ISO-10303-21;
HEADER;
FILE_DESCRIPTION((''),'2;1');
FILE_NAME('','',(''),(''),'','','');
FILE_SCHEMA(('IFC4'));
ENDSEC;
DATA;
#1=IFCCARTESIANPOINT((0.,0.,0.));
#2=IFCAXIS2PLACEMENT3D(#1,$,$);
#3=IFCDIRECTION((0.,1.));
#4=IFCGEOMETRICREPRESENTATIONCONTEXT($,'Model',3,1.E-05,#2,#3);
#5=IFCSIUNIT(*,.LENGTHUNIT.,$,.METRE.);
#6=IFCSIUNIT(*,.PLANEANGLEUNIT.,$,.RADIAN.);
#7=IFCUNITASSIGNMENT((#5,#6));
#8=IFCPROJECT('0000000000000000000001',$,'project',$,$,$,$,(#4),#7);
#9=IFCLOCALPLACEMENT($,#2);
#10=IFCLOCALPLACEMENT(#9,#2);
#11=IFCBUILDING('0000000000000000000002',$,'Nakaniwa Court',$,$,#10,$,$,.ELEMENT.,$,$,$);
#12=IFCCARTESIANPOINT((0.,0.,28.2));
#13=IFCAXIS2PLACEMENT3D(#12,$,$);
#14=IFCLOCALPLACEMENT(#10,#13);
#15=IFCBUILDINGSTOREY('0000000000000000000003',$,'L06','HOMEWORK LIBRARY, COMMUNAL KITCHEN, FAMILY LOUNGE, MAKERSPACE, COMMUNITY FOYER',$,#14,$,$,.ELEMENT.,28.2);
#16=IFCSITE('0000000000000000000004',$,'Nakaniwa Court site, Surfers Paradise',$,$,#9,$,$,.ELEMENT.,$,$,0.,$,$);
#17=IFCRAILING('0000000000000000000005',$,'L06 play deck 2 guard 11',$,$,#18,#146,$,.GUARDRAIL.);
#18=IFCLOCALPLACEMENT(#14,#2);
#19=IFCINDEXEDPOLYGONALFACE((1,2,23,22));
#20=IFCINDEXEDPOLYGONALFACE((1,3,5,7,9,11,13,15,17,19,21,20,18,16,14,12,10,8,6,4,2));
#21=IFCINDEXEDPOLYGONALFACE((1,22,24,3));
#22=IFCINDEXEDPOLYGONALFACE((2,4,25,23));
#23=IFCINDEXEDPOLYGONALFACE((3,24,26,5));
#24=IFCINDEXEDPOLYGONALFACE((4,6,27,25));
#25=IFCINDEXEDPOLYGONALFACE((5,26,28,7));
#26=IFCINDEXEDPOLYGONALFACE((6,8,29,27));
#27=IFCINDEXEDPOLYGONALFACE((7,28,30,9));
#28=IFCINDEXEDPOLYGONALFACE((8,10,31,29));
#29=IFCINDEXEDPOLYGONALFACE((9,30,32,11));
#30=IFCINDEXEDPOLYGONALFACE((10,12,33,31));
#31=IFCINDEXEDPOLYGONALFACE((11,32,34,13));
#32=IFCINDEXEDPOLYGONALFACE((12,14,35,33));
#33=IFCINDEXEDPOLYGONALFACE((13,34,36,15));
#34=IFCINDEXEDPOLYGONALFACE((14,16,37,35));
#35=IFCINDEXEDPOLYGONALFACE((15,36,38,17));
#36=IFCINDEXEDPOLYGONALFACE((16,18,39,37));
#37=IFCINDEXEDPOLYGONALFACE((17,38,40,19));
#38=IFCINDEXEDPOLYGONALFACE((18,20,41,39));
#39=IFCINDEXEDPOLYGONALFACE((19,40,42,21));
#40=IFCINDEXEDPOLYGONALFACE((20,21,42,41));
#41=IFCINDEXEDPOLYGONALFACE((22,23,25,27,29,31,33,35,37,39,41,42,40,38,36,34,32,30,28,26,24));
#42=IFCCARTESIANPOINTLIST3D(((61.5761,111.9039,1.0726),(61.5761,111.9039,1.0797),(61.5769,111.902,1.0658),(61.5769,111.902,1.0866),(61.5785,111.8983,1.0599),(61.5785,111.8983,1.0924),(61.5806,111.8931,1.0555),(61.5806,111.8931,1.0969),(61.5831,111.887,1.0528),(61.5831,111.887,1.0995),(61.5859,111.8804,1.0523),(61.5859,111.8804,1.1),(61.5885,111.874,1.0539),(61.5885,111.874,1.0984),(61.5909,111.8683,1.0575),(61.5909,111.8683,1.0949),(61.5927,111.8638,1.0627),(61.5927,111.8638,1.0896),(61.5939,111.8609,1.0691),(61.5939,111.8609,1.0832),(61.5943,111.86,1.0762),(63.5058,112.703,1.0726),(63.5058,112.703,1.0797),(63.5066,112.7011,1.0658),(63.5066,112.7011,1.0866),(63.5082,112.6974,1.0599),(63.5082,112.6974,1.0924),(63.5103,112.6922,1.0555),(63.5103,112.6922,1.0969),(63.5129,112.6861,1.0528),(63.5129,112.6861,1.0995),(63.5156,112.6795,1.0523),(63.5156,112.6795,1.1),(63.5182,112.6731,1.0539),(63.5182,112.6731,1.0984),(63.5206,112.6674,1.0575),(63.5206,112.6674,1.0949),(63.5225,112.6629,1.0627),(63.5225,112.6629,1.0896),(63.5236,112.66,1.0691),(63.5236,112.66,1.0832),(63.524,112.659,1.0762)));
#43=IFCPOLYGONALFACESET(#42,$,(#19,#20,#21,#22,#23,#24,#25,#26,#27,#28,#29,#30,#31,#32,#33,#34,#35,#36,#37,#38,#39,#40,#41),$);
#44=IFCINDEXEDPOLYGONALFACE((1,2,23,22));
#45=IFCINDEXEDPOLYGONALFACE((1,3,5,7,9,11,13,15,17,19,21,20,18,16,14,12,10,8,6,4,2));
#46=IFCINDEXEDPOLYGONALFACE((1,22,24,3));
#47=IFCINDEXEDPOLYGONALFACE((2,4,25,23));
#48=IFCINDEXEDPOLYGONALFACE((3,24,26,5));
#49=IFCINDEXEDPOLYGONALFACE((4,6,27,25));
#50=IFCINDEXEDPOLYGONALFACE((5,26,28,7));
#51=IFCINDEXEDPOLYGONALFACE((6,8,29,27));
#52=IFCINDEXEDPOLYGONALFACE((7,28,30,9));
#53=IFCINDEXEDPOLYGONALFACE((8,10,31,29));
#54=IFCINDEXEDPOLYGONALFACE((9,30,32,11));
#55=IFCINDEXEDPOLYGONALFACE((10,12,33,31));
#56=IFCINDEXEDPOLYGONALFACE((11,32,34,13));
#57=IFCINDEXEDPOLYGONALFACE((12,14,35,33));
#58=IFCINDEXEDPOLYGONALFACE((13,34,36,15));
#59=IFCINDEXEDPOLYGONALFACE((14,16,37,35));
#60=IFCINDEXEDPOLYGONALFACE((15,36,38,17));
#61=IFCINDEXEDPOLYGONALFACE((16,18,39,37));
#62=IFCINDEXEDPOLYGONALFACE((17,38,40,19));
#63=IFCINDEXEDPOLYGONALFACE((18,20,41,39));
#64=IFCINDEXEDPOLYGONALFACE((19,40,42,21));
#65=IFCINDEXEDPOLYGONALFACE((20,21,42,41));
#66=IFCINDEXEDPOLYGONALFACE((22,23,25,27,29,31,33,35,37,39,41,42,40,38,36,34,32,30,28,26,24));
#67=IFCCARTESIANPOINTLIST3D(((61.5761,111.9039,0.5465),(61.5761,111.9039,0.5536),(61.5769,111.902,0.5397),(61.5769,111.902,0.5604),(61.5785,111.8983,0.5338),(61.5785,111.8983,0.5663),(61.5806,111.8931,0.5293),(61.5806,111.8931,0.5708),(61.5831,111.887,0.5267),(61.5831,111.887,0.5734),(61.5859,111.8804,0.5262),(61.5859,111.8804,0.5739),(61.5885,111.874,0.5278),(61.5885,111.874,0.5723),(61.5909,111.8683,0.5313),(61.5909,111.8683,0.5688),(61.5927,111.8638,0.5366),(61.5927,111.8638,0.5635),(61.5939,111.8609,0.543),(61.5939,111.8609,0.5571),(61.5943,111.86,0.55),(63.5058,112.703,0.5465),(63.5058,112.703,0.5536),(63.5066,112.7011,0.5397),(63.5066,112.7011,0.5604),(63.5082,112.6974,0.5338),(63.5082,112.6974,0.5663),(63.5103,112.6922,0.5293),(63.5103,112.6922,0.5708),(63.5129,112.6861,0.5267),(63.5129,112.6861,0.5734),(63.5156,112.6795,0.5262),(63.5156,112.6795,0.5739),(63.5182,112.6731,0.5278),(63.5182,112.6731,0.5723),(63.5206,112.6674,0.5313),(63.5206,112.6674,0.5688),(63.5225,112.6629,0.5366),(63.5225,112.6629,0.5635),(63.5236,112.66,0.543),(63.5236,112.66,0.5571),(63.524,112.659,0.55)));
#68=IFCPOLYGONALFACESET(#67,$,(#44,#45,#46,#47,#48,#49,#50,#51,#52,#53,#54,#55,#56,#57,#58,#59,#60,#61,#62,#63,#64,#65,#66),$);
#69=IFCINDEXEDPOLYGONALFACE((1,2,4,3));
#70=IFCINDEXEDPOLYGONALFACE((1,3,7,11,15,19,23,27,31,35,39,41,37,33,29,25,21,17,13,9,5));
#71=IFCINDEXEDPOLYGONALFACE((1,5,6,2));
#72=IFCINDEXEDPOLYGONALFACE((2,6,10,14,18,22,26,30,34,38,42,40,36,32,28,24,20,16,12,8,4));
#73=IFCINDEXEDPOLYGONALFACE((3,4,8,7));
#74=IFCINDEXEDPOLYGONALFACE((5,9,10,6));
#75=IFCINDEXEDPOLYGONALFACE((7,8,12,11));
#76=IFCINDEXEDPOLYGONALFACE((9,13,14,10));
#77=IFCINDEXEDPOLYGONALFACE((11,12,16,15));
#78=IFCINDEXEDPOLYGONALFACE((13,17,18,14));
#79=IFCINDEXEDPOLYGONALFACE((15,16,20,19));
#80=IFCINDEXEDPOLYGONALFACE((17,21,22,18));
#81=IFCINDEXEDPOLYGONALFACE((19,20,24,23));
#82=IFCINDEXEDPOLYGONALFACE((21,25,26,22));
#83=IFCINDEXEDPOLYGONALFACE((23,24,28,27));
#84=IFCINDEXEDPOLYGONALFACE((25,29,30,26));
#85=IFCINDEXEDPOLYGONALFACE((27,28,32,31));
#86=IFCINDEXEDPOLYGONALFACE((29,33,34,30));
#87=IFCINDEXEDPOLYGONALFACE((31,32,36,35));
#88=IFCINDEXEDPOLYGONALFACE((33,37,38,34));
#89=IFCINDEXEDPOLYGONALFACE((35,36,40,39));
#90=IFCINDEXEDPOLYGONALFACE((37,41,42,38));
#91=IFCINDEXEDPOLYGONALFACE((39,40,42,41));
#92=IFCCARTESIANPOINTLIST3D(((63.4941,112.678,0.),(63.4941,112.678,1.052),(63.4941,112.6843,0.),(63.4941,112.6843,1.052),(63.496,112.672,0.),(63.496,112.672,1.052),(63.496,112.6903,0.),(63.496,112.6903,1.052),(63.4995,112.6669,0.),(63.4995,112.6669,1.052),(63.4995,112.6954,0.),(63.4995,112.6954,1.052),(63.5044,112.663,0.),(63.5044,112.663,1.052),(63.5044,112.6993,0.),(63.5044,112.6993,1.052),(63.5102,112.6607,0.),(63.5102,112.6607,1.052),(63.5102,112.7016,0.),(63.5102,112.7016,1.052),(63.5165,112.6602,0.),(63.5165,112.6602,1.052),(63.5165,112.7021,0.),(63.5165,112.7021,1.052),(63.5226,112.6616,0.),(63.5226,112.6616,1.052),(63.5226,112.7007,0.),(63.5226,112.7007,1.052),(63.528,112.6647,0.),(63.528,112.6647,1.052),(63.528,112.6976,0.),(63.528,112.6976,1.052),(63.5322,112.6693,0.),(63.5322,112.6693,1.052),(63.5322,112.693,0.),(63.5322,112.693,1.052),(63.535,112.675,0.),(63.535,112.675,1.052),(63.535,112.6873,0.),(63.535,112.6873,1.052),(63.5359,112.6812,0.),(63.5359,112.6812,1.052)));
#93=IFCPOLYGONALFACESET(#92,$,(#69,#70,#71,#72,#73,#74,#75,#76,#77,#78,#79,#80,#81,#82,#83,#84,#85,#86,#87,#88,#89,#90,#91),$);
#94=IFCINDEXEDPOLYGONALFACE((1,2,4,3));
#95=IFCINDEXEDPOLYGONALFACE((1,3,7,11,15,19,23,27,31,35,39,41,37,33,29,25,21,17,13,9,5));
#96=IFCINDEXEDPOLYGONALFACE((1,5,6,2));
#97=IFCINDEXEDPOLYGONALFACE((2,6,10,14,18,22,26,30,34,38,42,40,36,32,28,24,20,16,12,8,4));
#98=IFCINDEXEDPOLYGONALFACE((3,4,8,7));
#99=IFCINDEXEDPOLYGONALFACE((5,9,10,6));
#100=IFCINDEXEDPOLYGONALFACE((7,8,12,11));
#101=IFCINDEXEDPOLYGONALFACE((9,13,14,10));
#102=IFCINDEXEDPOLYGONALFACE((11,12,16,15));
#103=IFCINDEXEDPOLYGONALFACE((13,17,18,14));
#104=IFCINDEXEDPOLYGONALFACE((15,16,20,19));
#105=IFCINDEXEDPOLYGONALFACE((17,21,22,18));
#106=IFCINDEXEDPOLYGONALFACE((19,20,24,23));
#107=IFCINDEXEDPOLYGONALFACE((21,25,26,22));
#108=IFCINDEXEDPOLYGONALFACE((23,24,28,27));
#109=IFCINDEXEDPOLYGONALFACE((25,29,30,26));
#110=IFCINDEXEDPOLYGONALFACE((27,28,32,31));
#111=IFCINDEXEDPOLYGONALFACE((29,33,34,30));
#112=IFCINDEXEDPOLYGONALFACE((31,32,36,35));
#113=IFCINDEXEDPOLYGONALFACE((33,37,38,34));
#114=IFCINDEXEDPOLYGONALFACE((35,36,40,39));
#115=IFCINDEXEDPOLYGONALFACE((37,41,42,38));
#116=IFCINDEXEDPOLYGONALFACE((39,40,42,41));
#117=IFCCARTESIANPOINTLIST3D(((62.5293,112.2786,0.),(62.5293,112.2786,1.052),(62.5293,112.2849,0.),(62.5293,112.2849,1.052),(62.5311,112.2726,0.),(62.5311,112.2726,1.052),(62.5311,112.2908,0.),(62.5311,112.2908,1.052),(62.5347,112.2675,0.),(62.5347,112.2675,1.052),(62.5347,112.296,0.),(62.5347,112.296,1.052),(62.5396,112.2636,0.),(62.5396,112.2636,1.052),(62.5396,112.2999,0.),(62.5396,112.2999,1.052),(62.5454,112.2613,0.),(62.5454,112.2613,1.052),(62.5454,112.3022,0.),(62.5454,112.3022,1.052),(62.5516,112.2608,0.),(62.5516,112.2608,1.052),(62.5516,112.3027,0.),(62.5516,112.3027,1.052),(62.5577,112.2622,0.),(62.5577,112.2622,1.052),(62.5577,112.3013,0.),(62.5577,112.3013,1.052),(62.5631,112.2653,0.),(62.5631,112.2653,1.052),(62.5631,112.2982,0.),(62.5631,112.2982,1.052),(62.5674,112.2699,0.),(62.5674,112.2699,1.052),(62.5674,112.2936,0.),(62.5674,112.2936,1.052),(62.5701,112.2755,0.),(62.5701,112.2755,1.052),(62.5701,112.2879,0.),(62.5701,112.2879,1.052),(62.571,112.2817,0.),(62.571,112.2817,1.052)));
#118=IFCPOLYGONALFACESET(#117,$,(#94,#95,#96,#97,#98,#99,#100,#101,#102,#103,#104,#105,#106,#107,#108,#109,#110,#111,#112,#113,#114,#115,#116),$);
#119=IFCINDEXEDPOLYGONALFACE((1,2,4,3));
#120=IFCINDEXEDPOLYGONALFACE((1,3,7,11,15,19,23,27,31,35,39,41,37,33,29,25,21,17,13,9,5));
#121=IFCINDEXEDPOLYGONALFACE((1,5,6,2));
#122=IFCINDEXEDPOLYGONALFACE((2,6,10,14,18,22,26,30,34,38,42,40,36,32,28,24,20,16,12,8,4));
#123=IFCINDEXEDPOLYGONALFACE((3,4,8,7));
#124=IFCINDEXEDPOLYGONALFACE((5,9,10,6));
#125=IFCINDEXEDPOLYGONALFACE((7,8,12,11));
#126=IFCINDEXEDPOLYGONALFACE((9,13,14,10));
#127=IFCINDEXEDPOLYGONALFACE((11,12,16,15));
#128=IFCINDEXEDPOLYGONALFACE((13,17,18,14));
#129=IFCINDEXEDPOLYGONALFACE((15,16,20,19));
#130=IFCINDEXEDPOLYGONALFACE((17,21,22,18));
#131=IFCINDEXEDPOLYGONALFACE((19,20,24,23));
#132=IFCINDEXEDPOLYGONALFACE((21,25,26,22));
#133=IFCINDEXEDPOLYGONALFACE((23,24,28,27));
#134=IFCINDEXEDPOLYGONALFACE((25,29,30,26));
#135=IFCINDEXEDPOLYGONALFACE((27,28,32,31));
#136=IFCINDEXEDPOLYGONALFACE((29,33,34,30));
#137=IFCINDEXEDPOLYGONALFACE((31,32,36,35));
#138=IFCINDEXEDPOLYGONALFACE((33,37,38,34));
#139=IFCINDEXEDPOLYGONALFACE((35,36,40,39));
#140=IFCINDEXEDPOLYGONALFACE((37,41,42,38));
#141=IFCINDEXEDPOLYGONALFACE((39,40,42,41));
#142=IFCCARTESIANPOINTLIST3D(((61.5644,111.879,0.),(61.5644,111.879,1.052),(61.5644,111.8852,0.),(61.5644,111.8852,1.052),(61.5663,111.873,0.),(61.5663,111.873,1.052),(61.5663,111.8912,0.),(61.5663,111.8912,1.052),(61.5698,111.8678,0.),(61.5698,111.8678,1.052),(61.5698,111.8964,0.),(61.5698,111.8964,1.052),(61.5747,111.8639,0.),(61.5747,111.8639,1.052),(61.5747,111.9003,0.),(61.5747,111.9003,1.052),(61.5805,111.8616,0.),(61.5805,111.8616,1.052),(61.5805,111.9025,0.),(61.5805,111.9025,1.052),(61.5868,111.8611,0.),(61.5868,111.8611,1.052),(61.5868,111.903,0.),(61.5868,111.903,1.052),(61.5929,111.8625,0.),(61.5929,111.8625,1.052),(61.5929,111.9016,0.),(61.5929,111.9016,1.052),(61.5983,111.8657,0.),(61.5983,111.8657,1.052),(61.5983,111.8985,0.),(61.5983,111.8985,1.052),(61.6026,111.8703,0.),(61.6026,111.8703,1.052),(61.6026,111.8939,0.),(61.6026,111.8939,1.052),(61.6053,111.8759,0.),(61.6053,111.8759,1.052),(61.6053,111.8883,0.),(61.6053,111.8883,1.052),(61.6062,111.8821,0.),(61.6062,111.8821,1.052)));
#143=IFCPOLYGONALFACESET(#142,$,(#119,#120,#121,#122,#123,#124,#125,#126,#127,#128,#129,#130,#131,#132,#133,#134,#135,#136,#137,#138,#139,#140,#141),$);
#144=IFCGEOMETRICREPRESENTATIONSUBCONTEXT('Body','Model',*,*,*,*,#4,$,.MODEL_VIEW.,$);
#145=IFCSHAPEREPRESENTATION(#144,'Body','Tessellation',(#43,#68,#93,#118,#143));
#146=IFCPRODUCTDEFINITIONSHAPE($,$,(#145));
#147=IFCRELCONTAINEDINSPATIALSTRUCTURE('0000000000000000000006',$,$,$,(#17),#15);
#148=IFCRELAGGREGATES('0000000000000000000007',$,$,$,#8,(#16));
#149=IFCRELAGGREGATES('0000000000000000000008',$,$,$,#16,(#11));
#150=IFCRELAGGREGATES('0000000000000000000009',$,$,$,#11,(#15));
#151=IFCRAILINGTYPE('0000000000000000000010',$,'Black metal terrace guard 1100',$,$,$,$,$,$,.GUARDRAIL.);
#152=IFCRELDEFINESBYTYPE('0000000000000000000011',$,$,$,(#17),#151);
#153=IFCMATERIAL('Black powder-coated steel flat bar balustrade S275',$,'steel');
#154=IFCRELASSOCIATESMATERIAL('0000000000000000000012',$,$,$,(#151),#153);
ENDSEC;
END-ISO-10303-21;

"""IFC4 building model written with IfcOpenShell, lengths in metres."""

from ifc_helpers import new_model, si_unit, direction, frame, origin, origin_2d, place, context, subcontext, project, spatial, circle, extrude, material, type_object, element, save


model = new_model("IFC4")

# Units and contexts
model_context = context("Model", 3, precision=1e-05, world=origin(), true_north=direction((0.0, 1.0)))
body_context = subcontext(model_context, "Body", "Model", "MODEL_VIEW")
ifc_project = project(units=[si_unit("LENGTHUNIT", "METRE"), si_unit("PLANEANGLEUNIT", "RADIAN")], contexts=[model_context])

# Site, building, storey
site_placement = place(None, origin())
site = spatial("IfcSite", under=ifc_project, at=site_placement, Name="Nakaniwa Court site, Surfers Paradise", CompositionType="ELEMENT", RefElevation=0.0)
building_placement = place(site_placement, origin())
building = spatial("IfcBuilding", under=site, at=building_placement, Name="Nakaniwa Court", CompositionType="ELEMENT")
storey_placement = place(building_placement, frame((0.0, 0.0, 28.2)))
storey = spatial("IfcBuildingStorey", under=building, at=storey_placement, Name="L06", Description="HOMEWORK LIBRARY, COMMUNAL KITCHEN, FAMILY LOUNGE, MAKERSPACE, COMMUNITY FOYER", CompositionType="ELEMENT", Elevation=28.2)

# Railing
ifc_material_1 = material(Name="Black powder-coated steel flat bar balustrade S275", Category="steel")
railing_type = type_object("IfcRailingType", Name="Black metal terrace guard 1100", PredefinedType="GUARDRAIL", material=ifc_material_1)
railing_1_placement = place(storey_placement, frame((63.5149, 112.6812, 0.0)))
element("IfcRailing", 1, at=railing_1_placement, inside=storey, type_object=railing_type, Name="L06 play deck 2 guard 11", PredefinedType="GUARDRAIL", context=body_context, shape_type="SweptSolid", body=[
    extrude(circle(Radius=0.0239, at=origin_2d()), frame((0.0, 0.0, 1.0762), z_axis=(-0.923919, -0.382589, 0.0), x_axis=(0.382589, -0.923919, 0.0)), (0.0, 0.0, 1.0), 2.0886),
    extrude(circle(Radius=0.0239, at=origin_2d()), frame((0.0, 0.0, 0.55), z_axis=(-0.923919, -0.382589, 0.0), x_axis=(0.382589, -0.923919, 0.0)), (0.0, 0.0, 1.0), 2.0886),
    extrude(circle(Radius=0.021, at=origin_2d()), origin(), (0.0, 0.0, 1.0), 1.052),
    extrude(circle(Radius=0.021, at=origin_2d()), frame((-0.9648, -0.3994, 0.0)), (0.0, 0.0, 1.0), 1.052),
    extrude(circle(Radius=0.021, at=origin_2d()), frame((-1.9297, -0.7991, 0.0)), (0.0, 0.0, 1.0), 1.052),
])

save(model, "model.ifc")
